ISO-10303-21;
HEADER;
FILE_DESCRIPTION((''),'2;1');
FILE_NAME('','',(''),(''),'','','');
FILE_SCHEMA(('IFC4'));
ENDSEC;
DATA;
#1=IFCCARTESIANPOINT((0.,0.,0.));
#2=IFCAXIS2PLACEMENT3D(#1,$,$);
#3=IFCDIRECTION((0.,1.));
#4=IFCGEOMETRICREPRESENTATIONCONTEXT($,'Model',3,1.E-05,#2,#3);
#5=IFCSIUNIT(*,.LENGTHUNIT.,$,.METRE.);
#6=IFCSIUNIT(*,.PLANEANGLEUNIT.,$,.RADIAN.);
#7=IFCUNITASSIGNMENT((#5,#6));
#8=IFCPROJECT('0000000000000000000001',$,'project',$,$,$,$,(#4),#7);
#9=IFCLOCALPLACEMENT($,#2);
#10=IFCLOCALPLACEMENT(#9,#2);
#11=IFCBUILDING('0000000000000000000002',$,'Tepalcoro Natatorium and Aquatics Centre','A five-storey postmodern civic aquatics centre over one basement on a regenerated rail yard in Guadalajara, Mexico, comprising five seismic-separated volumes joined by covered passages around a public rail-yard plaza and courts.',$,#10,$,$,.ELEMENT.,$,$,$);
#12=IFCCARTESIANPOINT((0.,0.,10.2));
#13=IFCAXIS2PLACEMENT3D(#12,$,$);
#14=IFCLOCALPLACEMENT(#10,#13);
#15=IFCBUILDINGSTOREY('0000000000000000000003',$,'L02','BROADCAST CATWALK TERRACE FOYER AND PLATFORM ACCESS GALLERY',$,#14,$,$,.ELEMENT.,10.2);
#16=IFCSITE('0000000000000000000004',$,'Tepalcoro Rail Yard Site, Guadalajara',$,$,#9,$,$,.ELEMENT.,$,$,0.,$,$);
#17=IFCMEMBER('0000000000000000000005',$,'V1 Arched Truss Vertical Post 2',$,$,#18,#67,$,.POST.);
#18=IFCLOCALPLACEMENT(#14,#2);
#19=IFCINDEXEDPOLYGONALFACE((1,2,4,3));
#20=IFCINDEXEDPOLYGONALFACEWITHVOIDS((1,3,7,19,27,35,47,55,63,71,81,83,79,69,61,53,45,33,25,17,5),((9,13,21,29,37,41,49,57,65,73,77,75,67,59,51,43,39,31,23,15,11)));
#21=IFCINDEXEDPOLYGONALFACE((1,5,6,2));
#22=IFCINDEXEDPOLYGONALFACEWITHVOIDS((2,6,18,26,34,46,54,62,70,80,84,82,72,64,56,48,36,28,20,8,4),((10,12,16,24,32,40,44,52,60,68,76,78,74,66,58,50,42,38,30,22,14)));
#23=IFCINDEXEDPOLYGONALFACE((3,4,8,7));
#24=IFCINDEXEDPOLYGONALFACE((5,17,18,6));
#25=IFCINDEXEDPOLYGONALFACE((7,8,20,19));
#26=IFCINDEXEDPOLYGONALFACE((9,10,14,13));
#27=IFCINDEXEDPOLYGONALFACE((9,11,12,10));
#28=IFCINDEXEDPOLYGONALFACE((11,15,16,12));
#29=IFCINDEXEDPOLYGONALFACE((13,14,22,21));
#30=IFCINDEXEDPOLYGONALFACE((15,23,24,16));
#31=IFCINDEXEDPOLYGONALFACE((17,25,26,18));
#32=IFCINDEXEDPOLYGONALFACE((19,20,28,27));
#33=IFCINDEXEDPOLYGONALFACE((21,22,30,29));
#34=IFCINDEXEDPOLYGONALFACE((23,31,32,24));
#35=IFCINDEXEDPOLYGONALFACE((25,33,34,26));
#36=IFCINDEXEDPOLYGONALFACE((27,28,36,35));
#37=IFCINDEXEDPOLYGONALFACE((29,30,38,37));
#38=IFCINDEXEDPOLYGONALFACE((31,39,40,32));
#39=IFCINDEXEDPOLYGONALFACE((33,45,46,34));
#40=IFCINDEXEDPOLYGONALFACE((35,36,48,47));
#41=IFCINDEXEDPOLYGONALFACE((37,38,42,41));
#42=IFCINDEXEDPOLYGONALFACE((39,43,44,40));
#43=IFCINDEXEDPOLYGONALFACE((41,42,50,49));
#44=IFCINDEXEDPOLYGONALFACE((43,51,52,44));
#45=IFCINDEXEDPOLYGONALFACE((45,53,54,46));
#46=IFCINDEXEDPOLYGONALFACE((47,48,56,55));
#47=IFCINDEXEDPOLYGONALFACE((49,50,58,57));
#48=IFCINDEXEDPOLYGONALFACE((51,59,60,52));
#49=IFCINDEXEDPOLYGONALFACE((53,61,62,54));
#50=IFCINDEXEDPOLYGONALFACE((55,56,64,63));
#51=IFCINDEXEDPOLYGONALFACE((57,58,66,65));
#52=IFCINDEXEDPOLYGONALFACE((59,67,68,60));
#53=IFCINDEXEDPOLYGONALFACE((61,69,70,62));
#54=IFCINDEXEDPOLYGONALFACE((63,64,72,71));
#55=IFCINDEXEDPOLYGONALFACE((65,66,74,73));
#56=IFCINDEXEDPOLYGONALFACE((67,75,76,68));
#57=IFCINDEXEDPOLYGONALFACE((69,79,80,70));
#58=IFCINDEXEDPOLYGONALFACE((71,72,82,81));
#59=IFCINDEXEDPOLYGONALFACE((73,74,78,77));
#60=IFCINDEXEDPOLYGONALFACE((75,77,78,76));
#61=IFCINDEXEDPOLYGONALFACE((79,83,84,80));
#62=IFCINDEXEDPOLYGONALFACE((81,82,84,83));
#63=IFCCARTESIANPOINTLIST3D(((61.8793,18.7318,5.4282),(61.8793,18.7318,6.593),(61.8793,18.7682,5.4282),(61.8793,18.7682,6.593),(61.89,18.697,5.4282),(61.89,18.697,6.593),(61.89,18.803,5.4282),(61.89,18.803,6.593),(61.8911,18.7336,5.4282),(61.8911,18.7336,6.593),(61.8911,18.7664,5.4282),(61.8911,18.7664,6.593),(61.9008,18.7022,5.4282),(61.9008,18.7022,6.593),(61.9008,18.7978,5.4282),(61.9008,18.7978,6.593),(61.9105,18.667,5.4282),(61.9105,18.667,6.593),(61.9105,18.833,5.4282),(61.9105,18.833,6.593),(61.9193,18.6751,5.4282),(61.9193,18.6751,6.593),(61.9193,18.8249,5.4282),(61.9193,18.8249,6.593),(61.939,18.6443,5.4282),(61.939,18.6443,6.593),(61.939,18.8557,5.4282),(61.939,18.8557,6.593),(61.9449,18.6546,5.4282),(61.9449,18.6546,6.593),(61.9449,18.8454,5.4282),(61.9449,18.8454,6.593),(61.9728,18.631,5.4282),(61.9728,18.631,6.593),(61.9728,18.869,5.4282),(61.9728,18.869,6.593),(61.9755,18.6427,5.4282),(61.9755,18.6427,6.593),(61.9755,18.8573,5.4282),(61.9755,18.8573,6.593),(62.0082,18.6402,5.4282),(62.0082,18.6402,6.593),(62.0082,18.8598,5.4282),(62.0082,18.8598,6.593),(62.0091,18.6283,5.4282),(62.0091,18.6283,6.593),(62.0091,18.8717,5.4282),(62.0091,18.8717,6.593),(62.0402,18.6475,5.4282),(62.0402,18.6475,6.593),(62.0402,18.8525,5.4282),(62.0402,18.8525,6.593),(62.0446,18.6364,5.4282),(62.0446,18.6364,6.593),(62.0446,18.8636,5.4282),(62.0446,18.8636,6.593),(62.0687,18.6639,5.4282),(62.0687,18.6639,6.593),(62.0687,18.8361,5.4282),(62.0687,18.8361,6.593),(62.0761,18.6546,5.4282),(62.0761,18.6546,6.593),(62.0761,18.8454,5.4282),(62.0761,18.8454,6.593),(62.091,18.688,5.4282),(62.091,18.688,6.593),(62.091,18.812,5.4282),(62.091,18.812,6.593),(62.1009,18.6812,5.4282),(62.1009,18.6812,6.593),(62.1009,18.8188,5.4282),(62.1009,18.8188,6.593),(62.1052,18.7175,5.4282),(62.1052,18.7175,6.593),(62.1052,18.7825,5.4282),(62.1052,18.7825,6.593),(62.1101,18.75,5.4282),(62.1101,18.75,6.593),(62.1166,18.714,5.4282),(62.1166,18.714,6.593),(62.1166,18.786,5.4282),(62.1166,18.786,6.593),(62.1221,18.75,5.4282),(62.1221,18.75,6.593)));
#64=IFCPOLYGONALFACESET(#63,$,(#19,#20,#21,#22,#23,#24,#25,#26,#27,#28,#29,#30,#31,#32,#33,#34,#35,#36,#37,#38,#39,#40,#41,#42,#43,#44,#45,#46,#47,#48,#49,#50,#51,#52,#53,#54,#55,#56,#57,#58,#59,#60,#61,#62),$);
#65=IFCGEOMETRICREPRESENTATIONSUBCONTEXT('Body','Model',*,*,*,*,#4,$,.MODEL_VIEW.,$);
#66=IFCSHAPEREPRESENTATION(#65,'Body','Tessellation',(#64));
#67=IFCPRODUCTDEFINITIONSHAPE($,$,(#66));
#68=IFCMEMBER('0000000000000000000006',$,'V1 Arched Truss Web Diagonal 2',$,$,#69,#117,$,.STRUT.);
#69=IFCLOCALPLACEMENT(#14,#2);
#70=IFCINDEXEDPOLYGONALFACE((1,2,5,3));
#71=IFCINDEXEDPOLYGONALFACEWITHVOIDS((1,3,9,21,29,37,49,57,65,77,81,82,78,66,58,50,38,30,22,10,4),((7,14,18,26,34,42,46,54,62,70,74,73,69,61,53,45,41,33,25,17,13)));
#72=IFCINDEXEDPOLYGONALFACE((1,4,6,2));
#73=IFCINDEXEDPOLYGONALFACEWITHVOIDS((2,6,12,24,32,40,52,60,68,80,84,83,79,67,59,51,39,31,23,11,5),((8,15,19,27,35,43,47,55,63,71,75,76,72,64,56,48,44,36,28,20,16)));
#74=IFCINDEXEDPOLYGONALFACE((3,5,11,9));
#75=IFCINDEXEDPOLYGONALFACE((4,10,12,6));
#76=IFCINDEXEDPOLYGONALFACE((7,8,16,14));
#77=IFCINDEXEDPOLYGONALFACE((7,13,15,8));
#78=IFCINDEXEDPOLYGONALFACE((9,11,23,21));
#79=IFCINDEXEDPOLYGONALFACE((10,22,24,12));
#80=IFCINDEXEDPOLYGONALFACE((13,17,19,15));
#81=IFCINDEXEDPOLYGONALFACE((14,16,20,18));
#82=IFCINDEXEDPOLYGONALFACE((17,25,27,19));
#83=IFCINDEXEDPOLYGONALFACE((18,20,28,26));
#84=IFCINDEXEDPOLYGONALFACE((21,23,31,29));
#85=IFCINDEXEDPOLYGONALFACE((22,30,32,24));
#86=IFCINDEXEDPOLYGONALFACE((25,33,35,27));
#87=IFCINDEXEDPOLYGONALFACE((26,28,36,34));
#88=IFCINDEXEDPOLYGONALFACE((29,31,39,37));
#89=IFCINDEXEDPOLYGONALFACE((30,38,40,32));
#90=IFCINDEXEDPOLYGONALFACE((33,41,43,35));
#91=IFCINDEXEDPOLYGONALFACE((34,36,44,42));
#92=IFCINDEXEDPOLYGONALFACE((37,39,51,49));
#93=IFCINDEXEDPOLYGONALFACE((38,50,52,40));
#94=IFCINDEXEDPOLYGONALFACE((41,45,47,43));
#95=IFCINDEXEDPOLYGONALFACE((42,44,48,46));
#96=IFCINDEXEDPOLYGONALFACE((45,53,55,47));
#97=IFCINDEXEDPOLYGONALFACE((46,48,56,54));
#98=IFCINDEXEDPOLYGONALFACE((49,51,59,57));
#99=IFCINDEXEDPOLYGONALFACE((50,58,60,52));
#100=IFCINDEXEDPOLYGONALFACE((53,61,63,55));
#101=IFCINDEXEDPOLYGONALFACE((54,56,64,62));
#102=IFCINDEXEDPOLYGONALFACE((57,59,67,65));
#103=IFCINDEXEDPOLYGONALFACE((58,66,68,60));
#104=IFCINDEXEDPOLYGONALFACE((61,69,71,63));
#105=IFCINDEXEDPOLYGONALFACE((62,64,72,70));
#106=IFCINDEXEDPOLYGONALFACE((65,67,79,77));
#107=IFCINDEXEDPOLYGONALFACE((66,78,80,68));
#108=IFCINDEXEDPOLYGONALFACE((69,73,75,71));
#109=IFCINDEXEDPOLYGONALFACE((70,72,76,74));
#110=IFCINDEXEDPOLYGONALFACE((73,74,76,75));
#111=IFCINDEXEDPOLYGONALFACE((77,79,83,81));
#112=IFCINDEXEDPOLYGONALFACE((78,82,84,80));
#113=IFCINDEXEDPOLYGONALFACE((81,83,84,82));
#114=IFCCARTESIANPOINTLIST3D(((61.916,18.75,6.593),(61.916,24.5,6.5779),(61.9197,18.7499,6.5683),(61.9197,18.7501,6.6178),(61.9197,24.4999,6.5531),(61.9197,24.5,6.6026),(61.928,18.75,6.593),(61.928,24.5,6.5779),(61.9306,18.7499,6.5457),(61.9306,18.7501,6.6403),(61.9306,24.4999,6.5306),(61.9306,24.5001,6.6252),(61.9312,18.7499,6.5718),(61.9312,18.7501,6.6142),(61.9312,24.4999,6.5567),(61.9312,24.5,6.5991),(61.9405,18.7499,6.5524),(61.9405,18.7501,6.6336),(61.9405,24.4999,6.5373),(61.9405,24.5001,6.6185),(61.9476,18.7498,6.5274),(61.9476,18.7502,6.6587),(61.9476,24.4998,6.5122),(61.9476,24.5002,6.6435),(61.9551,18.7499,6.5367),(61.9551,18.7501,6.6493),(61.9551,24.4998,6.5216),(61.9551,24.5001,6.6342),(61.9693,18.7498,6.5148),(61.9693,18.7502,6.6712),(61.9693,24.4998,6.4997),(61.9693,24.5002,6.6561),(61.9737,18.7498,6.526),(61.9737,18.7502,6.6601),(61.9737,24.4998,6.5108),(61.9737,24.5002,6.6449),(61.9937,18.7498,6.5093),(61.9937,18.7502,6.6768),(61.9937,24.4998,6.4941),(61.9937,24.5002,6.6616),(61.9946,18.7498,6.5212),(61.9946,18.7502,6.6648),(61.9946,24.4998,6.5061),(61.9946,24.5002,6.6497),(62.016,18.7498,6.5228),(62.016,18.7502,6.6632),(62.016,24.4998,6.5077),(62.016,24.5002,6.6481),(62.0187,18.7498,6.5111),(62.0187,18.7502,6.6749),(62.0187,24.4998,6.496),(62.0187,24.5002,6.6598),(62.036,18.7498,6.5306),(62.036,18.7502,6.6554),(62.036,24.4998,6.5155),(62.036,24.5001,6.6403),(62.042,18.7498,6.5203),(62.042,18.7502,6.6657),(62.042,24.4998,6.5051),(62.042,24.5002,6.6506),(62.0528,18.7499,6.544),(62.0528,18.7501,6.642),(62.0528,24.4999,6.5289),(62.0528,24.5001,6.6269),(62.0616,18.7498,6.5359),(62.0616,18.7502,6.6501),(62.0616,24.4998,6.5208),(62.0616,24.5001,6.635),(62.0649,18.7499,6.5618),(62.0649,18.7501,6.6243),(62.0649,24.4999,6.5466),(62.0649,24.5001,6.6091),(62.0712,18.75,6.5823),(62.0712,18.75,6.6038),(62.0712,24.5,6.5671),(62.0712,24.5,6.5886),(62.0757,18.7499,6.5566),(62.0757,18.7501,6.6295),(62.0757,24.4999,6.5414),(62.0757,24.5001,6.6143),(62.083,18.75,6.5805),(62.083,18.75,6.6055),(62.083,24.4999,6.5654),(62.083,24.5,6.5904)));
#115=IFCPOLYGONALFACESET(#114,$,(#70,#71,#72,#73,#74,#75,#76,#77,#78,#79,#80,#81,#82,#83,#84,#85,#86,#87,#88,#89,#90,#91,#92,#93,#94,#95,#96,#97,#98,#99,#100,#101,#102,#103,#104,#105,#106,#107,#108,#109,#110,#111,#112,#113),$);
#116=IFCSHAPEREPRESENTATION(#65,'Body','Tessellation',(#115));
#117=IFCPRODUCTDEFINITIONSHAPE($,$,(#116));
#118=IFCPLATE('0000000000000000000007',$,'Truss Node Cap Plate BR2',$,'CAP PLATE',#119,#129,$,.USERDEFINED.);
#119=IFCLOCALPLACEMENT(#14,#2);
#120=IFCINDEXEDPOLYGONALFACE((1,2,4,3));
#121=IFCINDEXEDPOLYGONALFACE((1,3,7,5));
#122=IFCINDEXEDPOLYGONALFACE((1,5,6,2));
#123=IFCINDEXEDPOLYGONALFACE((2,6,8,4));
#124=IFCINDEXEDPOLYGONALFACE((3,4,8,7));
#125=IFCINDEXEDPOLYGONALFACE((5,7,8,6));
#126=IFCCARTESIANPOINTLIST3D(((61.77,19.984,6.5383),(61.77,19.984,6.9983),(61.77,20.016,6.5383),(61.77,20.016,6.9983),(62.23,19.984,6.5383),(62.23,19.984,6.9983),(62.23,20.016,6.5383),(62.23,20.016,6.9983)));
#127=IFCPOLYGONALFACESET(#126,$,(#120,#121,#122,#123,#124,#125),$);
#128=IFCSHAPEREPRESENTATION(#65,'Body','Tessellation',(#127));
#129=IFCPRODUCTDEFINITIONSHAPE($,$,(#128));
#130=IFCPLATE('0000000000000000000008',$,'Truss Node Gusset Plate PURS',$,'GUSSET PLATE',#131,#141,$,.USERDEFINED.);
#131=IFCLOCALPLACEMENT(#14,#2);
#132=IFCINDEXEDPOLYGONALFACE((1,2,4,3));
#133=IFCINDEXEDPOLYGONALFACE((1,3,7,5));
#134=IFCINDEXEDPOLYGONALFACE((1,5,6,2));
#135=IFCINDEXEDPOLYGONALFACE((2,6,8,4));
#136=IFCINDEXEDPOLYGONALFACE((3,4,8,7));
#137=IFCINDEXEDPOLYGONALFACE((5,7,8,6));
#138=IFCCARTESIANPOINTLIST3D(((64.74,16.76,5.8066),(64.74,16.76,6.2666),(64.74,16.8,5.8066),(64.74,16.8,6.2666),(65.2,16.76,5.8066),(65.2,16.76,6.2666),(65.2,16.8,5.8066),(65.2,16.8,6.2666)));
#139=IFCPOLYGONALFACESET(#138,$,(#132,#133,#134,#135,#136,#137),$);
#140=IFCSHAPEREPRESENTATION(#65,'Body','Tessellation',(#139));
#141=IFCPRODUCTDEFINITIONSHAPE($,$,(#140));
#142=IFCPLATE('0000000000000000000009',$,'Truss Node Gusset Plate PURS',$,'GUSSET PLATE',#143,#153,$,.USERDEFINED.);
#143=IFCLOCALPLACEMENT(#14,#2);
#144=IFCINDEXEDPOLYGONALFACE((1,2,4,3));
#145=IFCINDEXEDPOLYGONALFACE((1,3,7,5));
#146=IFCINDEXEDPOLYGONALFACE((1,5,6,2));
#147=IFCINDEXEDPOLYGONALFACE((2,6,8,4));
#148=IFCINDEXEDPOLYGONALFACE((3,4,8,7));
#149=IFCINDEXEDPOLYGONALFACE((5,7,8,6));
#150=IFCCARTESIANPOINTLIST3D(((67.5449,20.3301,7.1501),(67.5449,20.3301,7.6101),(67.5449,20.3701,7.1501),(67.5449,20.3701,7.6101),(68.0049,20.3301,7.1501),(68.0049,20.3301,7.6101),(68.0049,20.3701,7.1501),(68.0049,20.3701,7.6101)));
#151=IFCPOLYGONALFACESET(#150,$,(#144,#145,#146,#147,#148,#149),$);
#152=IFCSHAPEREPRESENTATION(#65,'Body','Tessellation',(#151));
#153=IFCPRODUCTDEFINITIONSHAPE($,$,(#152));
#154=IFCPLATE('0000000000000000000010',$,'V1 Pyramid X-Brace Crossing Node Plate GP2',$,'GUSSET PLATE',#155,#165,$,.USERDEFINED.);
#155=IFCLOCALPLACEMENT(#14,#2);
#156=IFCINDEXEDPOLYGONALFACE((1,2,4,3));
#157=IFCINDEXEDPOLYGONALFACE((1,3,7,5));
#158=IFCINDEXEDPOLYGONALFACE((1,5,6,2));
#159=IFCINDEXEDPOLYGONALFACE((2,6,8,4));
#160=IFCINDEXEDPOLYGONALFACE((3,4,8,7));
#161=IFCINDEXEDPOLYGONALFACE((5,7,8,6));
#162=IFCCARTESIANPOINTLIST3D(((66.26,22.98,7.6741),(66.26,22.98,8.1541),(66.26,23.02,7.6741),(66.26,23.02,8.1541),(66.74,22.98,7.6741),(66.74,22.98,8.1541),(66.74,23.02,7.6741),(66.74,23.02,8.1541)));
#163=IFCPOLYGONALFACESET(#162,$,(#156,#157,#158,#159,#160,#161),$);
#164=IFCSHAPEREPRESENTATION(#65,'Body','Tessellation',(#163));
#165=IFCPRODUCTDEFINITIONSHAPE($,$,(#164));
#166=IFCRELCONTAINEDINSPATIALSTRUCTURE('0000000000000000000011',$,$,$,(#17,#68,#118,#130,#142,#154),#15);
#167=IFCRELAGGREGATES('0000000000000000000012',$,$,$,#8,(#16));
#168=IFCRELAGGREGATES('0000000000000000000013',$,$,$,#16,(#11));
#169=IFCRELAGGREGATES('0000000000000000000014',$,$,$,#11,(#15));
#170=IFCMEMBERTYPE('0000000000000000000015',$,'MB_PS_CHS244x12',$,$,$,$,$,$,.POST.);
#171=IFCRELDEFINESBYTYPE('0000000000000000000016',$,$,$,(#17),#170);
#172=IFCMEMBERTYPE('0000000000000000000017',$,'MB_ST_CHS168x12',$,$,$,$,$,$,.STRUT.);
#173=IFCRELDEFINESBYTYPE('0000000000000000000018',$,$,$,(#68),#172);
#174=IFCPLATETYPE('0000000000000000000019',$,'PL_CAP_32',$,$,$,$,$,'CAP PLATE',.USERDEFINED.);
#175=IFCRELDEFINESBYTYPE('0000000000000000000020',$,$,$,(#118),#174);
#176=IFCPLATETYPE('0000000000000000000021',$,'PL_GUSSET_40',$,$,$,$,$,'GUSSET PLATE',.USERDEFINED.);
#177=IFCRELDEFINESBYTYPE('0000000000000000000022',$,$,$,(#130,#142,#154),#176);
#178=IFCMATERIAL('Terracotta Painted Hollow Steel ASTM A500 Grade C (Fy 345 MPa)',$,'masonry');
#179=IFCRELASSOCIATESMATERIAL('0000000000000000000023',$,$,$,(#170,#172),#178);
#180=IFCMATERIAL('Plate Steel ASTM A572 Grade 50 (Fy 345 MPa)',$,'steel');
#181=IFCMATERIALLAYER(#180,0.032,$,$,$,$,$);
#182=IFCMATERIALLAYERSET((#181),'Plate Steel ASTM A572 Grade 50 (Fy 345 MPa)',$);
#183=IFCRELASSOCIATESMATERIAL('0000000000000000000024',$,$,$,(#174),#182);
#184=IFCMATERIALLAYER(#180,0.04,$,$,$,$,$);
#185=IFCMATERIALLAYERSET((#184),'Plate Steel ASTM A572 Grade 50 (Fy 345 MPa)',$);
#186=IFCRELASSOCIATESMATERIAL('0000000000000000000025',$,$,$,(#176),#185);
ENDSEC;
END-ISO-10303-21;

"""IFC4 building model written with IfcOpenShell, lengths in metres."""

from ifc_helpers import new_model, si_unit, direction, frame, origin, origin_2d, place, context, subcontext, project, spatial, rectangle, hollow_circle, extrude, material, layer, layer_set, material_profile, profile_set, type_object, element, save


model = new_model("IFC4")

# Units and contexts
model_context = context("Model", 3, precision=1e-05, world=origin(), true_north=direction((0.0, 1.0)))
body_context = subcontext(model_context, "Body", "Model", "MODEL_VIEW")
ifc_project = project(units=[si_unit("LENGTHUNIT", "METRE"), si_unit("PLANEANGLEUNIT", "RADIAN")], contexts=[model_context])

# Site, building, storey
site_placement = place(None, origin())
site = spatial("IfcSite", under=ifc_project, at=site_placement, Name="Tepalcoro Rail Yard Site, Guadalajara", CompositionType="ELEMENT", RefElevation=0.0)
building_placement = place(site_placement, origin())
building = spatial("IfcBuilding", under=site, at=building_placement, Name="Tepalcoro Natatorium and Aquatics Centre", Description="A five-storey postmodern civic aquatics centre over one basement on a regenerated rail yard in Guadalajara, Mexico, comprising five seismic-separated volumes joined by covered passages around a public rail-yard plaza and courts.", CompositionType="ELEMENT")
storey_placement = place(building_placement, frame((0.0, 0.0, 10.2)))
storey = spatial("IfcBuildingStorey", under=building, at=storey_placement, Name="L02", Description="BROADCAST CATWALK TERRACE FOYER AND PLATFORM ACCESS GALLERY", CompositionType="ELEMENT", Elevation=10.2)

# Members
ifc_material_1 = material(Name="Terracotta Painted Hollow Steel ASTM A500 Grade C (Fy 345 MPa)", Category="masonry")
ifc_material_profile_1 = material_profile(ifc_material_1, hollow_circle(Radius=0.1221, WallThickness=0.012, at=origin_2d()), Name="CHS244X12")
ifc_profile_set_1 = profile_set([ifc_material_profile_1], Name="Terracotta Painted Hollow Steel ASTM A500 Grade C (Fy 345 MPa)")
member_type_1 = type_object("IfcMemberType", Name="MB_PS_CHS244x12", PredefinedType="POST", material=ifc_profile_set_1)
member_1_placement = place(storey_placement, frame((62.0, 18.75, 5.4282), z_axis=(0.0, 0.0, 1.0), x_axis=(1.0, 0.0, 0.0)))
element("IfcMember", 1, at=member_1_placement, inside=storey, type_object=member_type_1, Name="V1 Arched Truss Vertical Post 2", PredefinedType="POST", context=body_context, shape_type="SweptSolid", body=[
    extrude(hollow_circle(Radius=0.1221, WallThickness=0.012, at=origin_2d()), origin(), (0.0, 0.0, 1.0), 1.1648),
])
ifc_material_profile_2 = material_profile(ifc_material_1, hollow_circle(Radius=0.084, WallThickness=0.012, at=origin_2d()), Name="CHS168X12")
ifc_profile_set_2 = profile_set([ifc_material_profile_2], Name="Terracotta Painted Hollow Steel ASTM A500 Grade C (Fy 345 MPa)")
member_type_2 = type_object("IfcMemberType", Name="MB_ST_CHS168x12", PredefinedType="STRUT", material=ifc_profile_set_2)
member_2_placement = place(storey_placement, frame((62.0, 18.75, 6.593), z_axis=(0.0, 0.999997, -0.002632), x_axis=(-1.0, 0.0, 0.0)))
element("IfcMember", 2, at=member_2_placement, inside=storey, type_object=member_type_2, Name="V1 Arched Truss Web Diagonal 2", PredefinedType="STRUT", context=body_context, shape_type="SweptSolid", body=[
    extrude(hollow_circle(Radius=0.084, WallThickness=0.012, at=origin_2d()), origin(), (0.0, 0.0, 1.0), 5.75),
])

# Plates
ifc_material_2 = material(Name="Plate Steel ASTM A572 Grade 50 (Fy 345 MPa)", Category="steel")
ifc_layer_1 = layer(ifc_material_2, 0.032)
ifc_layer_set_1 = layer_set([ifc_layer_1], Name="Plate Steel ASTM A572 Grade 50 (Fy 345 MPa)")
plate_type_1 = type_object("IfcPlateType", Name="PL_CAP_32", ElementType="CAP PLATE", PredefinedType="USERDEFINED", material=ifc_layer_set_1)
plate_1_placement = place(storey_placement, frame((62.0, 20.0, 6.5383), z_axis=(0.0, 0.0, 1.0), x_axis=(1.0, 0.0, 0.0)))
element("IfcPlate", 3, at=plate_1_placement, inside=storey, type_object=plate_type_1, Name="Truss Node Cap Plate BR2", ObjectType="CAP PLATE", PredefinedType="USERDEFINED", context=body_context, shape_type="SweptSolid", body=[
    extrude(rectangle(XDim=0.46, YDim=0.032, at=origin_2d()), origin(), (0.0, 0.0, 1.0), 0.46),
])
ifc_layer_2 = layer(ifc_material_2, 0.04)
ifc_layer_set_2 = layer_set([ifc_layer_2], Name="Plate Steel ASTM A572 Grade 50 (Fy 345 MPa)")
plate_type_2 = type_object("IfcPlateType", Name="PL_GUSSET_40", ElementType="GUSSET PLATE", PredefinedType="USERDEFINED", material=ifc_layer_set_2)
for number, where, z_axis, x_axis, name in (
    (4, (64.97, 16.78, 5.8066), (0.0, 0.0, 1.0), (1.0, 0.0, 0.0), "Truss Node Gusset Plate PURS"),
    (5, (67.7749, 20.3501, 7.1501), (0.0, 0.0, 1.0), (1.0, 0.0, 0.0), "Truss Node Gusset Plate PURS"),
):
    element("IfcPlate", number, at=place(storey_placement, frame(where, z_axis=z_axis, x_axis=x_axis)), inside=storey, type_object=plate_type_2, Name=name, ObjectType="GUSSET PLATE", PredefinedType="USERDEFINED", context=body_context, shape_type="SweptSolid", body=[
        extrude(rectangle(XDim=0.46, YDim=0.04, at=origin_2d()), origin(), (0.0, 0.0, 1.0), 0.46),
    ])
plate_2_placement = place(storey_placement, frame((66.5, 23.0, 7.6741), z_axis=(0.0, 0.0, 1.0), x_axis=(1.0, 0.0, 0.0)))
element("IfcPlate", 6, at=plate_2_placement, inside=storey, type_object=plate_type_2, Name="V1 Pyramid X-Brace Crossing Node Plate GP2", ObjectType="GUSSET PLATE", PredefinedType="USERDEFINED", context=body_context, shape_type="SweptSolid", body=[
    extrude(rectangle(XDim=0.48, YDim=0.04, at=origin_2d()), origin(), (0.0, 0.0, 1.0), 0.48),
])

save(model, "model.ifc")
